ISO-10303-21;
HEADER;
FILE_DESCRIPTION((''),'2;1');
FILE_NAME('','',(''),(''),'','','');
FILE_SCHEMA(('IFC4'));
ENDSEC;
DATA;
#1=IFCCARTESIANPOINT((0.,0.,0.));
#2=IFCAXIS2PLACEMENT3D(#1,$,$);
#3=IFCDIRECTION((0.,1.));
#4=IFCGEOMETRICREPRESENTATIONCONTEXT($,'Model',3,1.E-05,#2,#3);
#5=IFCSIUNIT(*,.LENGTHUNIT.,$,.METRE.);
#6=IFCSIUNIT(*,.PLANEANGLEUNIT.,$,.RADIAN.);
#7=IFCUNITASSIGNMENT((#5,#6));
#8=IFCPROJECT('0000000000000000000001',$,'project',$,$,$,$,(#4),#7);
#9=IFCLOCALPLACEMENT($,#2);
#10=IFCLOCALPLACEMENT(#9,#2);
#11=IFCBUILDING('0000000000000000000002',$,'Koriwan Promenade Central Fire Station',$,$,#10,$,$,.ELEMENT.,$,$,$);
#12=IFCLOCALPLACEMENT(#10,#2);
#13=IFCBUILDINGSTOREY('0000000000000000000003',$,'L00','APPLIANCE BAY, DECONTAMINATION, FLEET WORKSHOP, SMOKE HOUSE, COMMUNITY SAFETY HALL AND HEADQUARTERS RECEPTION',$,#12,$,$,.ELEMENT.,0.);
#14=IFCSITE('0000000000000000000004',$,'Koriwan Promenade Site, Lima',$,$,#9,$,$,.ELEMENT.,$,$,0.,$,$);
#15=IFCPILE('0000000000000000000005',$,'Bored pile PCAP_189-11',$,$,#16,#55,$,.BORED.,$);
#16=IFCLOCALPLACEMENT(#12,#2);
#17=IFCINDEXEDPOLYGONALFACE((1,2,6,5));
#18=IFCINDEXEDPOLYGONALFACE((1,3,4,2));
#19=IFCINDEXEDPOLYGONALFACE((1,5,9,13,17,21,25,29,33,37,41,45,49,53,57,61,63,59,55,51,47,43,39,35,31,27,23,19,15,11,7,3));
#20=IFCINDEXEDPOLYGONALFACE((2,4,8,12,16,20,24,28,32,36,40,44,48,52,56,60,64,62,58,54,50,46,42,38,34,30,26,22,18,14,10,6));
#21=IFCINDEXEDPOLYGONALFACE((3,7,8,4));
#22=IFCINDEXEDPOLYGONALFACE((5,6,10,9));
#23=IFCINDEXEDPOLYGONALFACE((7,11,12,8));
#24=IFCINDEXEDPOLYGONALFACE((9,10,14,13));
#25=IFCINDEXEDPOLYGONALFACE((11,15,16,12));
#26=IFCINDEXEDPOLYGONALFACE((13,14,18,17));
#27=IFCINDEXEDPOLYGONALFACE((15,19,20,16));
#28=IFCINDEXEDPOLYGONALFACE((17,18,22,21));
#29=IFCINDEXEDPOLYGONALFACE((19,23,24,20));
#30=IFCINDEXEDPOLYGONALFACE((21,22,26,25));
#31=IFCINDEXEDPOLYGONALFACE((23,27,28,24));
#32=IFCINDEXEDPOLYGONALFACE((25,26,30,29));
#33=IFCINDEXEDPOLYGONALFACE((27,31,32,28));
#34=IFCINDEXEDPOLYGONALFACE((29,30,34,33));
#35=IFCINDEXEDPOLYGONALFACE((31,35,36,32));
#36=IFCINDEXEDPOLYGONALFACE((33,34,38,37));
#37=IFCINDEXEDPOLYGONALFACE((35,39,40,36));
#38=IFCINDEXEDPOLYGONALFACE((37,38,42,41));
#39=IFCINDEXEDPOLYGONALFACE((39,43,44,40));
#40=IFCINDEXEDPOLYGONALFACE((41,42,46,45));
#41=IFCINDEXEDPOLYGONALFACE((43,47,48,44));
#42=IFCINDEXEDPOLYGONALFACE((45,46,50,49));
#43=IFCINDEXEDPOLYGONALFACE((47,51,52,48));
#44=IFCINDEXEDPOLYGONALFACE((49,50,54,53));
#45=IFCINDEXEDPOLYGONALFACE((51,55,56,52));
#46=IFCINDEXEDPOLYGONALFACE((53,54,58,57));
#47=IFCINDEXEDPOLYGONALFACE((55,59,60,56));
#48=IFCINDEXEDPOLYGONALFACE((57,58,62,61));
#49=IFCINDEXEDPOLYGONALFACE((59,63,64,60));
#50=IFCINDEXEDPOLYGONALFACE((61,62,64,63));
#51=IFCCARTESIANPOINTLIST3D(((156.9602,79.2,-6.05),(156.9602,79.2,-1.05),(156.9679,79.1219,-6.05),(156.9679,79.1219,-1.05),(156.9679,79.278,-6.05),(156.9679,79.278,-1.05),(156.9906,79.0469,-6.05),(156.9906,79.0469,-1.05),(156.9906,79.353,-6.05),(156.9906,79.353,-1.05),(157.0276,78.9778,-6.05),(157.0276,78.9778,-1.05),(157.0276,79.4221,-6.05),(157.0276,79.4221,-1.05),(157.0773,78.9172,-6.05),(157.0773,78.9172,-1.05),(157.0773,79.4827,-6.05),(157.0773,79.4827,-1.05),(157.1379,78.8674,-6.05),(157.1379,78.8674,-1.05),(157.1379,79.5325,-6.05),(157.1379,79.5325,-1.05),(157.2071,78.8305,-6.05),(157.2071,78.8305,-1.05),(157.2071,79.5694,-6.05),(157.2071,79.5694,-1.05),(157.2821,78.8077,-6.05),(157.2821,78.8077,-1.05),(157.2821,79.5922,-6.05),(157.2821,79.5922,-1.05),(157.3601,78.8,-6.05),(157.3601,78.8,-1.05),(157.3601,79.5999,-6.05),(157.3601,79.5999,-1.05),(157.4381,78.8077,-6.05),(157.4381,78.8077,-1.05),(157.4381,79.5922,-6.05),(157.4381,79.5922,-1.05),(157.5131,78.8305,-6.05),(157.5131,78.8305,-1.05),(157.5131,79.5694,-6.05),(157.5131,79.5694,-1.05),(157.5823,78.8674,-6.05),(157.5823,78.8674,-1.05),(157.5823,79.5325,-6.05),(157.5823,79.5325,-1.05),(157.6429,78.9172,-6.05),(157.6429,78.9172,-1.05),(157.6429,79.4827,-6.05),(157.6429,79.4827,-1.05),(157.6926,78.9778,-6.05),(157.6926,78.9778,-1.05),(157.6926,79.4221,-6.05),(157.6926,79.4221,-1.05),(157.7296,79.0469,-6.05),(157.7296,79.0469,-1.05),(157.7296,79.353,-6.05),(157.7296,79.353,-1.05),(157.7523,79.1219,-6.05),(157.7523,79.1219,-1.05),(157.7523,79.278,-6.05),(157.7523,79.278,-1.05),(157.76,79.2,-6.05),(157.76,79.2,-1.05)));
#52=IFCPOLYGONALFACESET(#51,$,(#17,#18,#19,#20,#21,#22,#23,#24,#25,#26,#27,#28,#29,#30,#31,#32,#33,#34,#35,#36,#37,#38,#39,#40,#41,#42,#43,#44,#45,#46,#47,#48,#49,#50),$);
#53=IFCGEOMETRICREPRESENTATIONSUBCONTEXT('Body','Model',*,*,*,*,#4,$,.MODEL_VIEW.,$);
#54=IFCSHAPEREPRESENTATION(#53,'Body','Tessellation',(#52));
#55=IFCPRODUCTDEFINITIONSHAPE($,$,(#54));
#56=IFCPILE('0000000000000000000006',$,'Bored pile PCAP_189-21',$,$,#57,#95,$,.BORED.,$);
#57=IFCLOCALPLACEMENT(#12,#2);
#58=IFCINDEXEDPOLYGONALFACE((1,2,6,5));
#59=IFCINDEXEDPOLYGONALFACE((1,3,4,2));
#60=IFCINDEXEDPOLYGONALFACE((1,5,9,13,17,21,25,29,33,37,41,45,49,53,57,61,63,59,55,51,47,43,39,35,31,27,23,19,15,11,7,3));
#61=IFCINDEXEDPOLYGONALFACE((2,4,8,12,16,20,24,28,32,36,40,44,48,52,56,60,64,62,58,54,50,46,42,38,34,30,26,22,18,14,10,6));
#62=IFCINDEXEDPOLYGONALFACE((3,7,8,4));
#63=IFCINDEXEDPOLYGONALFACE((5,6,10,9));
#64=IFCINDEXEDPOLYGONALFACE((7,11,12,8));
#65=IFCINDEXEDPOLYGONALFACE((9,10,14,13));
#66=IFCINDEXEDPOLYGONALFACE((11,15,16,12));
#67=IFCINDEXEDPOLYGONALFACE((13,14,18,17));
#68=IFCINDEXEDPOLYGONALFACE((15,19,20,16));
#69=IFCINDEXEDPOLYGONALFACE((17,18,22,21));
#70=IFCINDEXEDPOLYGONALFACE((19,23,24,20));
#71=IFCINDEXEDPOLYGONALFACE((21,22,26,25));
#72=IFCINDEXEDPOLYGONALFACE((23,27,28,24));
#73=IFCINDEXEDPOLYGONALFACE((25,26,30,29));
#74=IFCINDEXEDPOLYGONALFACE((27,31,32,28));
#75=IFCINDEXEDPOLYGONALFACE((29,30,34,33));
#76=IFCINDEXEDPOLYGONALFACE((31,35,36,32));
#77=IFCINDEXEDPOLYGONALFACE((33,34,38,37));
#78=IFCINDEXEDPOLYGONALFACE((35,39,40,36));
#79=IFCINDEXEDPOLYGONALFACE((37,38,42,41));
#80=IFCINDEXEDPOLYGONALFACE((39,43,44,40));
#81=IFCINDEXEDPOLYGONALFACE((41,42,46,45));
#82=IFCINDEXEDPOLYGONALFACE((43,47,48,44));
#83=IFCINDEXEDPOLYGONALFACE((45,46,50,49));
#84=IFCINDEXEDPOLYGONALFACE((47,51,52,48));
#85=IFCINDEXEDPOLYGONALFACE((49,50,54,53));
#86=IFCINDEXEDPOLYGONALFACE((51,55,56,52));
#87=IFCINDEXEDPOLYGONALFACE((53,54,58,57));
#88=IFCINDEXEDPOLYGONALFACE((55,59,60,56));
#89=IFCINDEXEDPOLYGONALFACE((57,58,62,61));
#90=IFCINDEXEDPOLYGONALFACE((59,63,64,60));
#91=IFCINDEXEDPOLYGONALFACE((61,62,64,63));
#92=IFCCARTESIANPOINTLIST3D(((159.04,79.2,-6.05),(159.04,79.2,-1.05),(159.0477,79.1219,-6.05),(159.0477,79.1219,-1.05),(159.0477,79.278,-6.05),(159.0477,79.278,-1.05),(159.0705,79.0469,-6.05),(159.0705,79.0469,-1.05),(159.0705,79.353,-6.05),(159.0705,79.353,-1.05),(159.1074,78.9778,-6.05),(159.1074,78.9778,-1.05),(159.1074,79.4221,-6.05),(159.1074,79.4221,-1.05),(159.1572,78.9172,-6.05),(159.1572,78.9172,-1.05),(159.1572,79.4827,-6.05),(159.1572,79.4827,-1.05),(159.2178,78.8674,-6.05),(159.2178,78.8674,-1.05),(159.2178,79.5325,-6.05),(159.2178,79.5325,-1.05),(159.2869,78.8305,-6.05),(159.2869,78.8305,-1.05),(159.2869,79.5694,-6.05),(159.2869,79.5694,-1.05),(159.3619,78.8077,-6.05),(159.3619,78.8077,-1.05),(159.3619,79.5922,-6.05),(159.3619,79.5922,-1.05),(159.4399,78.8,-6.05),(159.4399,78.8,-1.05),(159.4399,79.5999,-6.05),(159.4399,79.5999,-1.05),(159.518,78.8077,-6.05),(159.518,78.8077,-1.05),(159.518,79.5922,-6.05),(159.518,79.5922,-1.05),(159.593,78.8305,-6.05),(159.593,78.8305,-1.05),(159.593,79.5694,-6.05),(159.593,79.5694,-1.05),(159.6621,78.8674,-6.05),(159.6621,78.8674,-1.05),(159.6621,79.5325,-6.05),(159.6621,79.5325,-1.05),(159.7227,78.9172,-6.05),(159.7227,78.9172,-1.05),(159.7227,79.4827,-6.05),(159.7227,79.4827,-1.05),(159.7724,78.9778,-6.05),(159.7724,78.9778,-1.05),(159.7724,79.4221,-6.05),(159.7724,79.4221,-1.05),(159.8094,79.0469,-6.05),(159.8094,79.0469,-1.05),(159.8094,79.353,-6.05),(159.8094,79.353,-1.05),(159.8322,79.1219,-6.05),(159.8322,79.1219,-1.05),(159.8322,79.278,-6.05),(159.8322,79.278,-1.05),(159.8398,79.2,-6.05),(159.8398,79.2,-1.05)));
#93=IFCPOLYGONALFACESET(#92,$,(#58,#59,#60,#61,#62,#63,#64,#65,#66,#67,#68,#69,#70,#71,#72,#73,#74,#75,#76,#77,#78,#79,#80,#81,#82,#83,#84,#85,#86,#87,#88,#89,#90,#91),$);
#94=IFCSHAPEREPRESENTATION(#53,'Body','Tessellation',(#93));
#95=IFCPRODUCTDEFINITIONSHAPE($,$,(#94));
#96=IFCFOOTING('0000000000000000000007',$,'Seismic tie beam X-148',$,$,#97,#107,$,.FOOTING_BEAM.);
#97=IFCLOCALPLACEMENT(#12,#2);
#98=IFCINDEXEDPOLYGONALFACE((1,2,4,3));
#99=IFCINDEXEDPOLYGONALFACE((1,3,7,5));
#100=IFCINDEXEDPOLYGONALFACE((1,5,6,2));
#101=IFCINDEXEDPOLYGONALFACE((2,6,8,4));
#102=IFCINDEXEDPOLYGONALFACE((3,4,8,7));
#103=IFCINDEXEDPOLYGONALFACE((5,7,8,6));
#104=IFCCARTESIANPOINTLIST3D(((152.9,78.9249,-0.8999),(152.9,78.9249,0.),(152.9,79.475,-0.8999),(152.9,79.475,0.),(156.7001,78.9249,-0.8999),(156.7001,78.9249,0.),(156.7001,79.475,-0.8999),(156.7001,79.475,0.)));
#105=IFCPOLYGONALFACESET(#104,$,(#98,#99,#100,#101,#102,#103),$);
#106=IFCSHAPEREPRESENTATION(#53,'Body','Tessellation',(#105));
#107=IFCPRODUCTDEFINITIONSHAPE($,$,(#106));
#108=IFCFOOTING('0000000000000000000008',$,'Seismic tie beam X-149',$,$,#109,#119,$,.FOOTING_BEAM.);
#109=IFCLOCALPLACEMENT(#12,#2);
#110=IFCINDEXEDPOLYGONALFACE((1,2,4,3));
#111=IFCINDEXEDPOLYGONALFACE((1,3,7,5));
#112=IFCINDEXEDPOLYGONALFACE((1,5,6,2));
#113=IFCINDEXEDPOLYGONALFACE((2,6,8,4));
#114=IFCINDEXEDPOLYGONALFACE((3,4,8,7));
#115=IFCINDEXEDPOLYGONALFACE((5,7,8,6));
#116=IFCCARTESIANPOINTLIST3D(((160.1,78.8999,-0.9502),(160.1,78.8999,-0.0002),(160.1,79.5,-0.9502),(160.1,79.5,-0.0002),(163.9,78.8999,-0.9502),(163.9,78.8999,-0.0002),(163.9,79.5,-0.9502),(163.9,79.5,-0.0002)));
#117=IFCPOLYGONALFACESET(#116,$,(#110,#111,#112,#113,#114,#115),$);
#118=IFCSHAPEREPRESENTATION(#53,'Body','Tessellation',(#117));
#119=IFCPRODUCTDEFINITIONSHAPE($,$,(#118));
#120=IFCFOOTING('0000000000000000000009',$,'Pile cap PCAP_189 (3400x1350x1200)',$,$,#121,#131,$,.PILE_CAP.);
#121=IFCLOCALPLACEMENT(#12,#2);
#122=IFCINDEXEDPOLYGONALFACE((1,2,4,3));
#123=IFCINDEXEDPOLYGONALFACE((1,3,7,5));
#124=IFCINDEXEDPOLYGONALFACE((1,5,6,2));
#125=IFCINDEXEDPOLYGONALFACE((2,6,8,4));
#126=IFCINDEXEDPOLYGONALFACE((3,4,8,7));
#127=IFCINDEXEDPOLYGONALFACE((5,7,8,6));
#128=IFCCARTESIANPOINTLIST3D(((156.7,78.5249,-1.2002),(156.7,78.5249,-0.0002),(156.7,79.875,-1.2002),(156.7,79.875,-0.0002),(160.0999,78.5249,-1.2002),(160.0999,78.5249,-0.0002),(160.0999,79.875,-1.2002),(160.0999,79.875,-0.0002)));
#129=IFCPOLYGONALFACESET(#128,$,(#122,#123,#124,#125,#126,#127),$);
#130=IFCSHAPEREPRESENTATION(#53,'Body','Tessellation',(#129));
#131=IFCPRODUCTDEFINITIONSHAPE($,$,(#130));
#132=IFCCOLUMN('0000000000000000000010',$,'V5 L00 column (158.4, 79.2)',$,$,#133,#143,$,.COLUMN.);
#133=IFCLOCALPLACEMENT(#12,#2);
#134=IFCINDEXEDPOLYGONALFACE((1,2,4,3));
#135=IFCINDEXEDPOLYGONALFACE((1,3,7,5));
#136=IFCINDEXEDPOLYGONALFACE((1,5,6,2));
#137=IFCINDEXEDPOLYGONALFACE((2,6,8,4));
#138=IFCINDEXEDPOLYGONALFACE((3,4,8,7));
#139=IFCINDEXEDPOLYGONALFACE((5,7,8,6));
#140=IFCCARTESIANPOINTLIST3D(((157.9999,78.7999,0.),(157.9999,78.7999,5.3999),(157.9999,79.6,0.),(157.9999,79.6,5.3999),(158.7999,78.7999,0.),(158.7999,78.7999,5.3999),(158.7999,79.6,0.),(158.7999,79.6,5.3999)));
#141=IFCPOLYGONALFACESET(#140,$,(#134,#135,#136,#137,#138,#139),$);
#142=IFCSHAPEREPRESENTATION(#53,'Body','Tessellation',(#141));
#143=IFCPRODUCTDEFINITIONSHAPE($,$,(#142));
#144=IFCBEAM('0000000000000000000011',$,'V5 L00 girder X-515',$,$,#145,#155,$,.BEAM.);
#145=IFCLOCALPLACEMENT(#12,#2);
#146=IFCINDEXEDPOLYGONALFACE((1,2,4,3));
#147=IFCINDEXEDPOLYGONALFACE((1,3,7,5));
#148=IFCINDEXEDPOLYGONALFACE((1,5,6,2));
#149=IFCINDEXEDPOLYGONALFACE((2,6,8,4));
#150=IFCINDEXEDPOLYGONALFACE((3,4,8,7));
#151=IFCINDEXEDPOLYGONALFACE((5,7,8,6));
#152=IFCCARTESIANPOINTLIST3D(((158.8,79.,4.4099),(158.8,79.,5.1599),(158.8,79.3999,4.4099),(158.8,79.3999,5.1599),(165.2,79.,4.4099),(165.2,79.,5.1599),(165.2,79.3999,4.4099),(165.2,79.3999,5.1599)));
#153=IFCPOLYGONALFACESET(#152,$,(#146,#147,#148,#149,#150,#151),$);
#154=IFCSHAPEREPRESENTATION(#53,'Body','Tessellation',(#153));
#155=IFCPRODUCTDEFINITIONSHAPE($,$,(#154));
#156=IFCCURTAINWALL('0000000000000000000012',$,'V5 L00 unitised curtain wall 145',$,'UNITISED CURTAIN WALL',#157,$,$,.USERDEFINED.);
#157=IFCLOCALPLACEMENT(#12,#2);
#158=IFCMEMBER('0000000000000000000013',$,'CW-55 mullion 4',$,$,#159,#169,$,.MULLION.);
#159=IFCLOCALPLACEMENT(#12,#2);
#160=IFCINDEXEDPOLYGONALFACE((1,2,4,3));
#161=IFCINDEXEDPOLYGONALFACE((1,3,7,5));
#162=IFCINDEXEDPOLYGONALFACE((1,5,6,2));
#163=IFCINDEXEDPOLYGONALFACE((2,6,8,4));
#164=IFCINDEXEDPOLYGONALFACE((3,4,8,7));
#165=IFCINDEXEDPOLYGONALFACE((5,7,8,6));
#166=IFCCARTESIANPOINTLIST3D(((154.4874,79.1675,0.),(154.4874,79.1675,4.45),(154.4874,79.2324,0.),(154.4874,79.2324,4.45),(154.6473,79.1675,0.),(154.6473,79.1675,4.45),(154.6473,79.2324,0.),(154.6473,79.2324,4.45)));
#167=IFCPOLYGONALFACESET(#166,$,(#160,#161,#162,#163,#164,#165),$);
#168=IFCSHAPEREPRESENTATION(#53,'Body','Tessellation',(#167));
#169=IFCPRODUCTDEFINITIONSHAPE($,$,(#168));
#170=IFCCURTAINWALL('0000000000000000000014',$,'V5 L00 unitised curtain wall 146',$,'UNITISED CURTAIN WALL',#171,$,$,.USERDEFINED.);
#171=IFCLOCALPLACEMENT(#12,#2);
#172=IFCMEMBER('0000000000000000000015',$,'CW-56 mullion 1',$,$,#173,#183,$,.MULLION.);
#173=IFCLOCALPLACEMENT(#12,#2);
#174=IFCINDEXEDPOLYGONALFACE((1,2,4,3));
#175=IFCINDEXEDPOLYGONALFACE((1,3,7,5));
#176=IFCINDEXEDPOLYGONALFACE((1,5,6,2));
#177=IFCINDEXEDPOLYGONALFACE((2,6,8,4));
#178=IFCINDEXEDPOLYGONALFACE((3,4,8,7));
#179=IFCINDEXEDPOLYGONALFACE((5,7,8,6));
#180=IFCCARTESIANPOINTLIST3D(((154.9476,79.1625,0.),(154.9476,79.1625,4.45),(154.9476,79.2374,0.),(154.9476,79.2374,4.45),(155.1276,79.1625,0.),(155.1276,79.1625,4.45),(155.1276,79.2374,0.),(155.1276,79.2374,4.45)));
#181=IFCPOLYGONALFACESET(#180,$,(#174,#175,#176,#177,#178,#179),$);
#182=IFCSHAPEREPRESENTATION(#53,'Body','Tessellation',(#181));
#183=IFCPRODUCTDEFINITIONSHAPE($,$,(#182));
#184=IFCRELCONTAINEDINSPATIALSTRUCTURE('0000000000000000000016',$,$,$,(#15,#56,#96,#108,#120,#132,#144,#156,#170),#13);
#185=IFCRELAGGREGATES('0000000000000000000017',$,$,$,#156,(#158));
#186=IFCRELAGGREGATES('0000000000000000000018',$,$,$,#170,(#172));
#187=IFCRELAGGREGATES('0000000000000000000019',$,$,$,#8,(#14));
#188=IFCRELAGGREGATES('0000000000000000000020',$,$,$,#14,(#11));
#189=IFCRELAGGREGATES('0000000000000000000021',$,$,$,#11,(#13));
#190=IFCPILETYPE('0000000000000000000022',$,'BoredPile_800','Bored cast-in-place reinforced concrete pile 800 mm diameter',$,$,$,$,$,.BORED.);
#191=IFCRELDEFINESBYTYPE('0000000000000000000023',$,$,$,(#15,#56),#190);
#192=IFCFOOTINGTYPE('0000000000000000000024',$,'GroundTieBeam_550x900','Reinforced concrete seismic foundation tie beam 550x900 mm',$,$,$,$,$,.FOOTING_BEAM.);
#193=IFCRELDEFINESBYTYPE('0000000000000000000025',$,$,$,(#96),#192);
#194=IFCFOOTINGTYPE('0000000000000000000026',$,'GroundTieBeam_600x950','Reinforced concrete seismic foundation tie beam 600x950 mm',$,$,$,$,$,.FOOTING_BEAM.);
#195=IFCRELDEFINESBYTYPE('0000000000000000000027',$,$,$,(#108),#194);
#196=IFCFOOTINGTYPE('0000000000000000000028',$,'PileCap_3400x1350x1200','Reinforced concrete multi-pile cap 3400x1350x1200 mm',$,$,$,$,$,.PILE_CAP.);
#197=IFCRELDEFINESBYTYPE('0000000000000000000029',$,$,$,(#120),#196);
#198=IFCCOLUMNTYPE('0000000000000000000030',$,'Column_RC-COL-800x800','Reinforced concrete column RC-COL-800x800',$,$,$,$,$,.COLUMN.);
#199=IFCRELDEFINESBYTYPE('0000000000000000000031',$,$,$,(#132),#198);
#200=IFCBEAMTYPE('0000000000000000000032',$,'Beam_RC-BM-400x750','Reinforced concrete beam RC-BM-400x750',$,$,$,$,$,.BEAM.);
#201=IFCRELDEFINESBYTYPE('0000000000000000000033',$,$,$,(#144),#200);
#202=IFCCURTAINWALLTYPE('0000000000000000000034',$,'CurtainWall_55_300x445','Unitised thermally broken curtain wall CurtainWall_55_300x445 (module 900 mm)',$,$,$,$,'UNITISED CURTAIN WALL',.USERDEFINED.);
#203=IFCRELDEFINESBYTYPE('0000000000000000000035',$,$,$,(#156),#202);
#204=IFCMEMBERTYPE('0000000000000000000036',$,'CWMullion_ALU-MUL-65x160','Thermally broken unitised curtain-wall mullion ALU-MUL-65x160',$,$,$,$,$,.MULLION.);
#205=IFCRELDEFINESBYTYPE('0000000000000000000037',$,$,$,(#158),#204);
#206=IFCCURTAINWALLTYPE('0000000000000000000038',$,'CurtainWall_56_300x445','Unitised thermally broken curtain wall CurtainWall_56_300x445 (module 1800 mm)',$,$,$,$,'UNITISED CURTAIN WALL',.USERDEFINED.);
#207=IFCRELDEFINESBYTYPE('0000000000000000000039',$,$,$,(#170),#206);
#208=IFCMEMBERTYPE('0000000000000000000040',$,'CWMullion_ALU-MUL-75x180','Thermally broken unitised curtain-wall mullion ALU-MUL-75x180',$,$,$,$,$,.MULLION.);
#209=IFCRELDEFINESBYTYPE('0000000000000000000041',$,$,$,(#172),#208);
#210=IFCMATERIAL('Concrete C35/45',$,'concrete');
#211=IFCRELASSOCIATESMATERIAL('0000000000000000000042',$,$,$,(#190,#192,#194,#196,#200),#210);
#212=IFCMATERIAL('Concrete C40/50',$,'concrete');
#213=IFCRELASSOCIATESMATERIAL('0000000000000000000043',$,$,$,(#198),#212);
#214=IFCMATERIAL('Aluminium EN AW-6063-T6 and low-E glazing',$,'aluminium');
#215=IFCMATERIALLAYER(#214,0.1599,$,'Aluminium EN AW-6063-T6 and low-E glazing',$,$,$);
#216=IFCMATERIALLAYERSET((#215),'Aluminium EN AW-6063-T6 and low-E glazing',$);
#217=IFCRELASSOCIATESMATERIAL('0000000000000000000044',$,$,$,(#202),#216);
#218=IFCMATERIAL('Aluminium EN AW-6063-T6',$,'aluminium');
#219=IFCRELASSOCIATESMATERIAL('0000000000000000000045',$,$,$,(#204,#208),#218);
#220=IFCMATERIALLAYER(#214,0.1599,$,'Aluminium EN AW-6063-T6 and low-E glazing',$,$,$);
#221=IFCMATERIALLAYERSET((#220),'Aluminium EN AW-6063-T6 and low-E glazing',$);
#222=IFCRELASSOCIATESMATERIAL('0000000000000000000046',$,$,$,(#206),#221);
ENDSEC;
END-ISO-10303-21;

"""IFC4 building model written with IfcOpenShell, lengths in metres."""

from ifc_helpers import new_model, si_unit, direction, frame, origin, origin_2d, place, context, subcontext, project, spatial, rectangle, circle, extrude, material, layer, layer_set, material_profile, profile_set, type_object, element, aggregate, save


model = new_model("IFC4")

# Units and contexts
model_context = context("Model", 3, precision=1e-05, world=origin(), true_north=direction((0.0, 1.0)))
body_context = subcontext(model_context, "Body", "Model", "MODEL_VIEW")
ifc_project = project(units=[si_unit("LENGTHUNIT", "METRE"), si_unit("PLANEANGLEUNIT", "RADIAN")], contexts=[model_context])

# Site, building, storey
site_placement = place(None, origin())
site = spatial("IfcSite", under=ifc_project, at=site_placement, Name="Koriwan Promenade Site, Lima", CompositionType="ELEMENT", RefElevation=0.0)
building_placement = place(site_placement, origin())
building = spatial("IfcBuilding", under=site, at=building_placement, Name="Koriwan Promenade Central Fire Station", CompositionType="ELEMENT")
storey_placement = place(building_placement, origin())
storey = spatial("IfcBuildingStorey", under=building, at=storey_placement, Name="L00", Description="APPLIANCE BAY, DECONTAMINATION, FLEET WORKSHOP, SMOKE HOUSE, COMMUNITY SAFETY HALL AND HEADQUARTERS RECEPTION", CompositionType="ELEMENT", Elevation=0.0)

# Piles
ifc_material_1 = material(Name="Concrete C35/45", Category="concrete")
ifc_material_profile_1 = material_profile(ifc_material_1, circle(Radius=0.3999, at=origin_2d()), Name="PILE-D800")
ifc_profile_set_1 = profile_set([ifc_material_profile_1], Name="Concrete C35/45")
pile_type = type_object("IfcPileType", Name="BoredPile_800", Description="Bored cast-in-place reinforced concrete pile 800 mm diameter", PredefinedType="BORED", material=ifc_profile_set_1)
for number, where, z_axis, x_axis, name in (
    (1, (157.3601, 79.2, -1.05), (0.0, 0.0, -1.0), (1.0, 0.0, 0.0), "Bored pile PCAP_189-11"),
    (2, (159.4399, 79.2, -1.05), (0.0, 0.0, -1.0), (1.0, 0.0, 0.0), "Bored pile PCAP_189-21"),
):
    element("IfcPile", number, at=place(storey_placement, frame(where, z_axis=z_axis, x_axis=x_axis)), inside=storey, type_object=pile_type, Name=name, PredefinedType="BORED", context=body_context, shape_type="SweptSolid", body=[
        extrude(circle(Radius=0.3999, at=origin_2d()), origin(), (0.0, 0.0, 1.0), 5.0),
    ])

# Footings
footing_type_1 = type_object("IfcFootingType", Name="GroundTieBeam_550x900", Description="Reinforced concrete seismic foundation tie beam 550x900 mm", PredefinedType="FOOTING_BEAM", material=ifc_material_1)
footing_1_placement = place(storey_placement, frame((154.8, 79.2, -0.8999), z_axis=(0.0, 0.0, 1.0), x_axis=(1.0, 0.0, 0.0)))
element("IfcFooting", 3, at=footing_1_placement, inside=storey, type_object=footing_type_1, Name="Seismic tie beam X-148", PredefinedType="FOOTING_BEAM", context=body_context, shape_type="SweptSolid", body=[
    extrude(rectangle(XDim=3.8, YDim=0.55, at=origin_2d()), origin(), (0.0, 0.0, 1.0), 0.8999),
])
footing_type_2 = type_object("IfcFootingType", Name="GroundTieBeam_600x950", Description="Reinforced concrete seismic foundation tie beam 600x950 mm", PredefinedType="FOOTING_BEAM", material=ifc_material_1)
footing_2_placement = place(storey_placement, frame((162.0, 79.2, -0.9502), z_axis=(0.0, 0.0, 1.0), x_axis=(1.0, 0.0, 0.0)))
element("IfcFooting", 4, at=footing_2_placement, inside=storey, type_object=footing_type_2, Name="Seismic tie beam X-149", PredefinedType="FOOTING_BEAM", context=body_context, shape_type="SweptSolid", body=[
    extrude(rectangle(XDim=3.8, YDim=0.6001, at=origin_2d()), origin(), (0.0, 0.0, 1.0), 0.95),
])
footing_type_3 = type_object("IfcFootingType", Name="PileCap_3400x1350x1200", Description="Reinforced concrete multi-pile cap 3400x1350x1200 mm", PredefinedType="PILE_CAP", material=ifc_material_1)
footing_3_placement = place(storey_placement, frame((158.3999, 79.2, -1.2002), z_axis=(0.0, 0.0, 1.0), x_axis=(1.0, 0.0, 0.0)))
element("IfcFooting", 5, at=footing_3_placement, inside=storey, type_object=footing_type_3, Name="Pile cap PCAP_189 (3400x1350x1200)", PredefinedType="PILE_CAP", context=body_context, shape_type="SweptSolid", body=[
    extrude(rectangle(XDim=3.3999, YDim=1.3501, at=origin_2d()), origin(), (0.0, 0.0, 1.0), 1.2),
])

# Column
ifc_material_2 = material(Name="Concrete C40/50", Category="concrete")
ifc_material_profile_2 = material_profile(ifc_material_2, rectangle(XDim=0.8, YDim=0.8, at=origin_2d()), Name="RC-COL-800x800")
ifc_profile_set_2 = profile_set([ifc_material_profile_2], Name="Concrete C40/50")
column_type = type_object("IfcColumnType", Name="Column_RC-COL-800x800", Description="Reinforced concrete column RC-COL-800x800", PredefinedType="COLUMN", material=ifc_profile_set_2)
column_placement = place(storey_placement, frame((158.3999, 79.2, 0.0), z_axis=(0.0, 0.0, 1.0), x_axis=(1.0, 0.0, 0.0)))
element("IfcColumn", 6, at=column_placement, inside=storey, type_object=column_type, Name="V5 L00 column (158.4, 79.2)", PredefinedType="COLUMN", context=body_context, shape_type="SweptSolid", body=[
    extrude(rectangle(XDim=0.8, YDim=0.8, at=origin_2d()), origin(), (0.0, 0.0, 1.0), 5.3999),
])

# Beam
ifc_material_profile_3 = material_profile(ifc_material_1, rectangle(XDim=0.3999, YDim=0.75, at=origin_2d()), Name="RC-BM-400x750")
ifc_profile_set_3 = profile_set([ifc_material_profile_3], Name="Concrete C35/45")
beam_type = type_object("IfcBeamType", Name="Beam_RC-BM-400x750", Description="Reinforced concrete beam RC-BM-400x750", PredefinedType="BEAM", material=ifc_profile_set_3)
beam_placement = place(storey_placement, frame((158.8, 79.2, 4.7849), z_axis=(1.0, 0.0, 0.0), x_axis=(0.0, 1.0, 0.0)))
element("IfcBeam", 7, at=beam_placement, inside=storey, type_object=beam_type, Name="V5 L00 girder X-515", PredefinedType="BEAM", context=body_context, shape_type="SweptSolid", body=[
    extrude(rectangle(XDim=0.3999, YDim=0.75, at=origin_2d()), origin(), (0.0, 0.0, 1.0), 6.3999),
])

# Curtain wall, member
ifc_material_3 = material(Name="Aluminium EN AW-6063-T6 and low-E glazing", Category="aluminium")
ifc_layer_1 = layer(ifc_material_3, 0.1599, Name="Aluminium EN AW-6063-T6 and low-E glazing")
ifc_layer_set_1 = layer_set([ifc_layer_1], Name="Aluminium EN AW-6063-T6 and low-E glazing")
curtain_wall_type_1 = type_object("IfcCurtainWallType", Name="CurtainWall_55_300x445", Description="Unitised thermally broken curtain wall CurtainWall_55_300x445 (module 900 mm)", ElementType="UNITISED CURTAIN WALL", PredefinedType="USERDEFINED", material=ifc_layer_set_1)
curtain_wall_1_placement = place(storey_placement, origin())
curtain_wall_1 = element("IfcCurtainWall", 8, at=curtain_wall_1_placement, inside=storey, type_object=curtain_wall_type_1, Name="V5 L00 unitised curtain wall 145", ObjectType="UNITISED CURTAIN WALL", PredefinedType="USERDEFINED")
ifc_material_4 = material(Name="Aluminium EN AW-6063-T6", Category="aluminium")
ifc_material_profile_4 = material_profile(ifc_material_4, rectangle(XDim=0.0649, YDim=0.1599, at=origin_2d()), Name="ALU-MUL-65x160")
ifc_profile_set_4 = profile_set([ifc_material_profile_4], Name="Aluminium EN AW-6063-T6")
member_type_1 = type_object("IfcMemberType", Name="CWMullion_ALU-MUL-65x160", Description="Thermally broken unitised curtain-wall mullion ALU-MUL-65x160", PredefinedType="MULLION", material=ifc_profile_set_4)
member_1_placement = place(storey_placement, frame((154.5674, 79.2, 0.0), z_axis=(0.0, 0.0, 1.0), x_axis=(0.0, 1.0, 0.0)))
member_1 = element("IfcMember", 9, at=member_1_placement, type_object=member_type_1, Name="CW-55 mullion 4", PredefinedType="MULLION", context=body_context, shape_type="SweptSolid", body=[
    extrude(rectangle(XDim=0.0649, YDim=0.1599, at=origin_2d()), origin(), (0.0, 0.0, 1.0), 4.45),
])

# Curtain wall, member
ifc_layer_2 = layer(ifc_material_3, 0.1599, Name="Aluminium EN AW-6063-T6 and low-E glazing")
ifc_layer_set_2 = layer_set([ifc_layer_2], Name="Aluminium EN AW-6063-T6 and low-E glazing")
curtain_wall_type_2 = type_object("IfcCurtainWallType", Name="CurtainWall_56_300x445", Description="Unitised thermally broken curtain wall CurtainWall_56_300x445 (module 1800 mm)", ElementType="UNITISED CURTAIN WALL", PredefinedType="USERDEFINED", material=ifc_layer_set_2)
curtain_wall_2_placement = place(storey_placement, origin())
curtain_wall_2 = element("IfcCurtainWall", 10, at=curtain_wall_2_placement, inside=storey, type_object=curtain_wall_type_2, Name="V5 L00 unitised curtain wall 146", ObjectType="UNITISED CURTAIN WALL", PredefinedType="USERDEFINED")
ifc_material_profile_5 = material_profile(ifc_material_4, rectangle(XDim=0.075, YDim=0.1799, at=origin_2d()), Name="ALU-MUL-75x180")
ifc_profile_set_5 = profile_set([ifc_material_profile_5], Name="Aluminium EN AW-6063-T6")
member_type_2 = type_object("IfcMemberType", Name="CWMullion_ALU-MUL-75x180", Description="Thermally broken unitised curtain-wall mullion ALU-MUL-75x180", PredefinedType="MULLION", material=ifc_profile_set_5)
member_2_placement = place(storey_placement, frame((155.0376, 79.2, 0.0), z_axis=(0.0, 0.0, 1.0), x_axis=(0.0, 1.0, 0.0)))
member_2 = element("IfcMember", 11, at=member_2_placement, type_object=member_type_2, Name="CW-56 mullion 1", PredefinedType="MULLION", context=body_context, shape_type="SweptSolid", body=[
    extrude(rectangle(XDim=0.075, YDim=0.1799, at=origin_2d()), origin(), (0.0, 0.0, 1.0), 4.45),
])

aggregate(curtain_wall_1, [member_1])
aggregate(curtain_wall_2, [member_2])

save(model, "model.ifc")
